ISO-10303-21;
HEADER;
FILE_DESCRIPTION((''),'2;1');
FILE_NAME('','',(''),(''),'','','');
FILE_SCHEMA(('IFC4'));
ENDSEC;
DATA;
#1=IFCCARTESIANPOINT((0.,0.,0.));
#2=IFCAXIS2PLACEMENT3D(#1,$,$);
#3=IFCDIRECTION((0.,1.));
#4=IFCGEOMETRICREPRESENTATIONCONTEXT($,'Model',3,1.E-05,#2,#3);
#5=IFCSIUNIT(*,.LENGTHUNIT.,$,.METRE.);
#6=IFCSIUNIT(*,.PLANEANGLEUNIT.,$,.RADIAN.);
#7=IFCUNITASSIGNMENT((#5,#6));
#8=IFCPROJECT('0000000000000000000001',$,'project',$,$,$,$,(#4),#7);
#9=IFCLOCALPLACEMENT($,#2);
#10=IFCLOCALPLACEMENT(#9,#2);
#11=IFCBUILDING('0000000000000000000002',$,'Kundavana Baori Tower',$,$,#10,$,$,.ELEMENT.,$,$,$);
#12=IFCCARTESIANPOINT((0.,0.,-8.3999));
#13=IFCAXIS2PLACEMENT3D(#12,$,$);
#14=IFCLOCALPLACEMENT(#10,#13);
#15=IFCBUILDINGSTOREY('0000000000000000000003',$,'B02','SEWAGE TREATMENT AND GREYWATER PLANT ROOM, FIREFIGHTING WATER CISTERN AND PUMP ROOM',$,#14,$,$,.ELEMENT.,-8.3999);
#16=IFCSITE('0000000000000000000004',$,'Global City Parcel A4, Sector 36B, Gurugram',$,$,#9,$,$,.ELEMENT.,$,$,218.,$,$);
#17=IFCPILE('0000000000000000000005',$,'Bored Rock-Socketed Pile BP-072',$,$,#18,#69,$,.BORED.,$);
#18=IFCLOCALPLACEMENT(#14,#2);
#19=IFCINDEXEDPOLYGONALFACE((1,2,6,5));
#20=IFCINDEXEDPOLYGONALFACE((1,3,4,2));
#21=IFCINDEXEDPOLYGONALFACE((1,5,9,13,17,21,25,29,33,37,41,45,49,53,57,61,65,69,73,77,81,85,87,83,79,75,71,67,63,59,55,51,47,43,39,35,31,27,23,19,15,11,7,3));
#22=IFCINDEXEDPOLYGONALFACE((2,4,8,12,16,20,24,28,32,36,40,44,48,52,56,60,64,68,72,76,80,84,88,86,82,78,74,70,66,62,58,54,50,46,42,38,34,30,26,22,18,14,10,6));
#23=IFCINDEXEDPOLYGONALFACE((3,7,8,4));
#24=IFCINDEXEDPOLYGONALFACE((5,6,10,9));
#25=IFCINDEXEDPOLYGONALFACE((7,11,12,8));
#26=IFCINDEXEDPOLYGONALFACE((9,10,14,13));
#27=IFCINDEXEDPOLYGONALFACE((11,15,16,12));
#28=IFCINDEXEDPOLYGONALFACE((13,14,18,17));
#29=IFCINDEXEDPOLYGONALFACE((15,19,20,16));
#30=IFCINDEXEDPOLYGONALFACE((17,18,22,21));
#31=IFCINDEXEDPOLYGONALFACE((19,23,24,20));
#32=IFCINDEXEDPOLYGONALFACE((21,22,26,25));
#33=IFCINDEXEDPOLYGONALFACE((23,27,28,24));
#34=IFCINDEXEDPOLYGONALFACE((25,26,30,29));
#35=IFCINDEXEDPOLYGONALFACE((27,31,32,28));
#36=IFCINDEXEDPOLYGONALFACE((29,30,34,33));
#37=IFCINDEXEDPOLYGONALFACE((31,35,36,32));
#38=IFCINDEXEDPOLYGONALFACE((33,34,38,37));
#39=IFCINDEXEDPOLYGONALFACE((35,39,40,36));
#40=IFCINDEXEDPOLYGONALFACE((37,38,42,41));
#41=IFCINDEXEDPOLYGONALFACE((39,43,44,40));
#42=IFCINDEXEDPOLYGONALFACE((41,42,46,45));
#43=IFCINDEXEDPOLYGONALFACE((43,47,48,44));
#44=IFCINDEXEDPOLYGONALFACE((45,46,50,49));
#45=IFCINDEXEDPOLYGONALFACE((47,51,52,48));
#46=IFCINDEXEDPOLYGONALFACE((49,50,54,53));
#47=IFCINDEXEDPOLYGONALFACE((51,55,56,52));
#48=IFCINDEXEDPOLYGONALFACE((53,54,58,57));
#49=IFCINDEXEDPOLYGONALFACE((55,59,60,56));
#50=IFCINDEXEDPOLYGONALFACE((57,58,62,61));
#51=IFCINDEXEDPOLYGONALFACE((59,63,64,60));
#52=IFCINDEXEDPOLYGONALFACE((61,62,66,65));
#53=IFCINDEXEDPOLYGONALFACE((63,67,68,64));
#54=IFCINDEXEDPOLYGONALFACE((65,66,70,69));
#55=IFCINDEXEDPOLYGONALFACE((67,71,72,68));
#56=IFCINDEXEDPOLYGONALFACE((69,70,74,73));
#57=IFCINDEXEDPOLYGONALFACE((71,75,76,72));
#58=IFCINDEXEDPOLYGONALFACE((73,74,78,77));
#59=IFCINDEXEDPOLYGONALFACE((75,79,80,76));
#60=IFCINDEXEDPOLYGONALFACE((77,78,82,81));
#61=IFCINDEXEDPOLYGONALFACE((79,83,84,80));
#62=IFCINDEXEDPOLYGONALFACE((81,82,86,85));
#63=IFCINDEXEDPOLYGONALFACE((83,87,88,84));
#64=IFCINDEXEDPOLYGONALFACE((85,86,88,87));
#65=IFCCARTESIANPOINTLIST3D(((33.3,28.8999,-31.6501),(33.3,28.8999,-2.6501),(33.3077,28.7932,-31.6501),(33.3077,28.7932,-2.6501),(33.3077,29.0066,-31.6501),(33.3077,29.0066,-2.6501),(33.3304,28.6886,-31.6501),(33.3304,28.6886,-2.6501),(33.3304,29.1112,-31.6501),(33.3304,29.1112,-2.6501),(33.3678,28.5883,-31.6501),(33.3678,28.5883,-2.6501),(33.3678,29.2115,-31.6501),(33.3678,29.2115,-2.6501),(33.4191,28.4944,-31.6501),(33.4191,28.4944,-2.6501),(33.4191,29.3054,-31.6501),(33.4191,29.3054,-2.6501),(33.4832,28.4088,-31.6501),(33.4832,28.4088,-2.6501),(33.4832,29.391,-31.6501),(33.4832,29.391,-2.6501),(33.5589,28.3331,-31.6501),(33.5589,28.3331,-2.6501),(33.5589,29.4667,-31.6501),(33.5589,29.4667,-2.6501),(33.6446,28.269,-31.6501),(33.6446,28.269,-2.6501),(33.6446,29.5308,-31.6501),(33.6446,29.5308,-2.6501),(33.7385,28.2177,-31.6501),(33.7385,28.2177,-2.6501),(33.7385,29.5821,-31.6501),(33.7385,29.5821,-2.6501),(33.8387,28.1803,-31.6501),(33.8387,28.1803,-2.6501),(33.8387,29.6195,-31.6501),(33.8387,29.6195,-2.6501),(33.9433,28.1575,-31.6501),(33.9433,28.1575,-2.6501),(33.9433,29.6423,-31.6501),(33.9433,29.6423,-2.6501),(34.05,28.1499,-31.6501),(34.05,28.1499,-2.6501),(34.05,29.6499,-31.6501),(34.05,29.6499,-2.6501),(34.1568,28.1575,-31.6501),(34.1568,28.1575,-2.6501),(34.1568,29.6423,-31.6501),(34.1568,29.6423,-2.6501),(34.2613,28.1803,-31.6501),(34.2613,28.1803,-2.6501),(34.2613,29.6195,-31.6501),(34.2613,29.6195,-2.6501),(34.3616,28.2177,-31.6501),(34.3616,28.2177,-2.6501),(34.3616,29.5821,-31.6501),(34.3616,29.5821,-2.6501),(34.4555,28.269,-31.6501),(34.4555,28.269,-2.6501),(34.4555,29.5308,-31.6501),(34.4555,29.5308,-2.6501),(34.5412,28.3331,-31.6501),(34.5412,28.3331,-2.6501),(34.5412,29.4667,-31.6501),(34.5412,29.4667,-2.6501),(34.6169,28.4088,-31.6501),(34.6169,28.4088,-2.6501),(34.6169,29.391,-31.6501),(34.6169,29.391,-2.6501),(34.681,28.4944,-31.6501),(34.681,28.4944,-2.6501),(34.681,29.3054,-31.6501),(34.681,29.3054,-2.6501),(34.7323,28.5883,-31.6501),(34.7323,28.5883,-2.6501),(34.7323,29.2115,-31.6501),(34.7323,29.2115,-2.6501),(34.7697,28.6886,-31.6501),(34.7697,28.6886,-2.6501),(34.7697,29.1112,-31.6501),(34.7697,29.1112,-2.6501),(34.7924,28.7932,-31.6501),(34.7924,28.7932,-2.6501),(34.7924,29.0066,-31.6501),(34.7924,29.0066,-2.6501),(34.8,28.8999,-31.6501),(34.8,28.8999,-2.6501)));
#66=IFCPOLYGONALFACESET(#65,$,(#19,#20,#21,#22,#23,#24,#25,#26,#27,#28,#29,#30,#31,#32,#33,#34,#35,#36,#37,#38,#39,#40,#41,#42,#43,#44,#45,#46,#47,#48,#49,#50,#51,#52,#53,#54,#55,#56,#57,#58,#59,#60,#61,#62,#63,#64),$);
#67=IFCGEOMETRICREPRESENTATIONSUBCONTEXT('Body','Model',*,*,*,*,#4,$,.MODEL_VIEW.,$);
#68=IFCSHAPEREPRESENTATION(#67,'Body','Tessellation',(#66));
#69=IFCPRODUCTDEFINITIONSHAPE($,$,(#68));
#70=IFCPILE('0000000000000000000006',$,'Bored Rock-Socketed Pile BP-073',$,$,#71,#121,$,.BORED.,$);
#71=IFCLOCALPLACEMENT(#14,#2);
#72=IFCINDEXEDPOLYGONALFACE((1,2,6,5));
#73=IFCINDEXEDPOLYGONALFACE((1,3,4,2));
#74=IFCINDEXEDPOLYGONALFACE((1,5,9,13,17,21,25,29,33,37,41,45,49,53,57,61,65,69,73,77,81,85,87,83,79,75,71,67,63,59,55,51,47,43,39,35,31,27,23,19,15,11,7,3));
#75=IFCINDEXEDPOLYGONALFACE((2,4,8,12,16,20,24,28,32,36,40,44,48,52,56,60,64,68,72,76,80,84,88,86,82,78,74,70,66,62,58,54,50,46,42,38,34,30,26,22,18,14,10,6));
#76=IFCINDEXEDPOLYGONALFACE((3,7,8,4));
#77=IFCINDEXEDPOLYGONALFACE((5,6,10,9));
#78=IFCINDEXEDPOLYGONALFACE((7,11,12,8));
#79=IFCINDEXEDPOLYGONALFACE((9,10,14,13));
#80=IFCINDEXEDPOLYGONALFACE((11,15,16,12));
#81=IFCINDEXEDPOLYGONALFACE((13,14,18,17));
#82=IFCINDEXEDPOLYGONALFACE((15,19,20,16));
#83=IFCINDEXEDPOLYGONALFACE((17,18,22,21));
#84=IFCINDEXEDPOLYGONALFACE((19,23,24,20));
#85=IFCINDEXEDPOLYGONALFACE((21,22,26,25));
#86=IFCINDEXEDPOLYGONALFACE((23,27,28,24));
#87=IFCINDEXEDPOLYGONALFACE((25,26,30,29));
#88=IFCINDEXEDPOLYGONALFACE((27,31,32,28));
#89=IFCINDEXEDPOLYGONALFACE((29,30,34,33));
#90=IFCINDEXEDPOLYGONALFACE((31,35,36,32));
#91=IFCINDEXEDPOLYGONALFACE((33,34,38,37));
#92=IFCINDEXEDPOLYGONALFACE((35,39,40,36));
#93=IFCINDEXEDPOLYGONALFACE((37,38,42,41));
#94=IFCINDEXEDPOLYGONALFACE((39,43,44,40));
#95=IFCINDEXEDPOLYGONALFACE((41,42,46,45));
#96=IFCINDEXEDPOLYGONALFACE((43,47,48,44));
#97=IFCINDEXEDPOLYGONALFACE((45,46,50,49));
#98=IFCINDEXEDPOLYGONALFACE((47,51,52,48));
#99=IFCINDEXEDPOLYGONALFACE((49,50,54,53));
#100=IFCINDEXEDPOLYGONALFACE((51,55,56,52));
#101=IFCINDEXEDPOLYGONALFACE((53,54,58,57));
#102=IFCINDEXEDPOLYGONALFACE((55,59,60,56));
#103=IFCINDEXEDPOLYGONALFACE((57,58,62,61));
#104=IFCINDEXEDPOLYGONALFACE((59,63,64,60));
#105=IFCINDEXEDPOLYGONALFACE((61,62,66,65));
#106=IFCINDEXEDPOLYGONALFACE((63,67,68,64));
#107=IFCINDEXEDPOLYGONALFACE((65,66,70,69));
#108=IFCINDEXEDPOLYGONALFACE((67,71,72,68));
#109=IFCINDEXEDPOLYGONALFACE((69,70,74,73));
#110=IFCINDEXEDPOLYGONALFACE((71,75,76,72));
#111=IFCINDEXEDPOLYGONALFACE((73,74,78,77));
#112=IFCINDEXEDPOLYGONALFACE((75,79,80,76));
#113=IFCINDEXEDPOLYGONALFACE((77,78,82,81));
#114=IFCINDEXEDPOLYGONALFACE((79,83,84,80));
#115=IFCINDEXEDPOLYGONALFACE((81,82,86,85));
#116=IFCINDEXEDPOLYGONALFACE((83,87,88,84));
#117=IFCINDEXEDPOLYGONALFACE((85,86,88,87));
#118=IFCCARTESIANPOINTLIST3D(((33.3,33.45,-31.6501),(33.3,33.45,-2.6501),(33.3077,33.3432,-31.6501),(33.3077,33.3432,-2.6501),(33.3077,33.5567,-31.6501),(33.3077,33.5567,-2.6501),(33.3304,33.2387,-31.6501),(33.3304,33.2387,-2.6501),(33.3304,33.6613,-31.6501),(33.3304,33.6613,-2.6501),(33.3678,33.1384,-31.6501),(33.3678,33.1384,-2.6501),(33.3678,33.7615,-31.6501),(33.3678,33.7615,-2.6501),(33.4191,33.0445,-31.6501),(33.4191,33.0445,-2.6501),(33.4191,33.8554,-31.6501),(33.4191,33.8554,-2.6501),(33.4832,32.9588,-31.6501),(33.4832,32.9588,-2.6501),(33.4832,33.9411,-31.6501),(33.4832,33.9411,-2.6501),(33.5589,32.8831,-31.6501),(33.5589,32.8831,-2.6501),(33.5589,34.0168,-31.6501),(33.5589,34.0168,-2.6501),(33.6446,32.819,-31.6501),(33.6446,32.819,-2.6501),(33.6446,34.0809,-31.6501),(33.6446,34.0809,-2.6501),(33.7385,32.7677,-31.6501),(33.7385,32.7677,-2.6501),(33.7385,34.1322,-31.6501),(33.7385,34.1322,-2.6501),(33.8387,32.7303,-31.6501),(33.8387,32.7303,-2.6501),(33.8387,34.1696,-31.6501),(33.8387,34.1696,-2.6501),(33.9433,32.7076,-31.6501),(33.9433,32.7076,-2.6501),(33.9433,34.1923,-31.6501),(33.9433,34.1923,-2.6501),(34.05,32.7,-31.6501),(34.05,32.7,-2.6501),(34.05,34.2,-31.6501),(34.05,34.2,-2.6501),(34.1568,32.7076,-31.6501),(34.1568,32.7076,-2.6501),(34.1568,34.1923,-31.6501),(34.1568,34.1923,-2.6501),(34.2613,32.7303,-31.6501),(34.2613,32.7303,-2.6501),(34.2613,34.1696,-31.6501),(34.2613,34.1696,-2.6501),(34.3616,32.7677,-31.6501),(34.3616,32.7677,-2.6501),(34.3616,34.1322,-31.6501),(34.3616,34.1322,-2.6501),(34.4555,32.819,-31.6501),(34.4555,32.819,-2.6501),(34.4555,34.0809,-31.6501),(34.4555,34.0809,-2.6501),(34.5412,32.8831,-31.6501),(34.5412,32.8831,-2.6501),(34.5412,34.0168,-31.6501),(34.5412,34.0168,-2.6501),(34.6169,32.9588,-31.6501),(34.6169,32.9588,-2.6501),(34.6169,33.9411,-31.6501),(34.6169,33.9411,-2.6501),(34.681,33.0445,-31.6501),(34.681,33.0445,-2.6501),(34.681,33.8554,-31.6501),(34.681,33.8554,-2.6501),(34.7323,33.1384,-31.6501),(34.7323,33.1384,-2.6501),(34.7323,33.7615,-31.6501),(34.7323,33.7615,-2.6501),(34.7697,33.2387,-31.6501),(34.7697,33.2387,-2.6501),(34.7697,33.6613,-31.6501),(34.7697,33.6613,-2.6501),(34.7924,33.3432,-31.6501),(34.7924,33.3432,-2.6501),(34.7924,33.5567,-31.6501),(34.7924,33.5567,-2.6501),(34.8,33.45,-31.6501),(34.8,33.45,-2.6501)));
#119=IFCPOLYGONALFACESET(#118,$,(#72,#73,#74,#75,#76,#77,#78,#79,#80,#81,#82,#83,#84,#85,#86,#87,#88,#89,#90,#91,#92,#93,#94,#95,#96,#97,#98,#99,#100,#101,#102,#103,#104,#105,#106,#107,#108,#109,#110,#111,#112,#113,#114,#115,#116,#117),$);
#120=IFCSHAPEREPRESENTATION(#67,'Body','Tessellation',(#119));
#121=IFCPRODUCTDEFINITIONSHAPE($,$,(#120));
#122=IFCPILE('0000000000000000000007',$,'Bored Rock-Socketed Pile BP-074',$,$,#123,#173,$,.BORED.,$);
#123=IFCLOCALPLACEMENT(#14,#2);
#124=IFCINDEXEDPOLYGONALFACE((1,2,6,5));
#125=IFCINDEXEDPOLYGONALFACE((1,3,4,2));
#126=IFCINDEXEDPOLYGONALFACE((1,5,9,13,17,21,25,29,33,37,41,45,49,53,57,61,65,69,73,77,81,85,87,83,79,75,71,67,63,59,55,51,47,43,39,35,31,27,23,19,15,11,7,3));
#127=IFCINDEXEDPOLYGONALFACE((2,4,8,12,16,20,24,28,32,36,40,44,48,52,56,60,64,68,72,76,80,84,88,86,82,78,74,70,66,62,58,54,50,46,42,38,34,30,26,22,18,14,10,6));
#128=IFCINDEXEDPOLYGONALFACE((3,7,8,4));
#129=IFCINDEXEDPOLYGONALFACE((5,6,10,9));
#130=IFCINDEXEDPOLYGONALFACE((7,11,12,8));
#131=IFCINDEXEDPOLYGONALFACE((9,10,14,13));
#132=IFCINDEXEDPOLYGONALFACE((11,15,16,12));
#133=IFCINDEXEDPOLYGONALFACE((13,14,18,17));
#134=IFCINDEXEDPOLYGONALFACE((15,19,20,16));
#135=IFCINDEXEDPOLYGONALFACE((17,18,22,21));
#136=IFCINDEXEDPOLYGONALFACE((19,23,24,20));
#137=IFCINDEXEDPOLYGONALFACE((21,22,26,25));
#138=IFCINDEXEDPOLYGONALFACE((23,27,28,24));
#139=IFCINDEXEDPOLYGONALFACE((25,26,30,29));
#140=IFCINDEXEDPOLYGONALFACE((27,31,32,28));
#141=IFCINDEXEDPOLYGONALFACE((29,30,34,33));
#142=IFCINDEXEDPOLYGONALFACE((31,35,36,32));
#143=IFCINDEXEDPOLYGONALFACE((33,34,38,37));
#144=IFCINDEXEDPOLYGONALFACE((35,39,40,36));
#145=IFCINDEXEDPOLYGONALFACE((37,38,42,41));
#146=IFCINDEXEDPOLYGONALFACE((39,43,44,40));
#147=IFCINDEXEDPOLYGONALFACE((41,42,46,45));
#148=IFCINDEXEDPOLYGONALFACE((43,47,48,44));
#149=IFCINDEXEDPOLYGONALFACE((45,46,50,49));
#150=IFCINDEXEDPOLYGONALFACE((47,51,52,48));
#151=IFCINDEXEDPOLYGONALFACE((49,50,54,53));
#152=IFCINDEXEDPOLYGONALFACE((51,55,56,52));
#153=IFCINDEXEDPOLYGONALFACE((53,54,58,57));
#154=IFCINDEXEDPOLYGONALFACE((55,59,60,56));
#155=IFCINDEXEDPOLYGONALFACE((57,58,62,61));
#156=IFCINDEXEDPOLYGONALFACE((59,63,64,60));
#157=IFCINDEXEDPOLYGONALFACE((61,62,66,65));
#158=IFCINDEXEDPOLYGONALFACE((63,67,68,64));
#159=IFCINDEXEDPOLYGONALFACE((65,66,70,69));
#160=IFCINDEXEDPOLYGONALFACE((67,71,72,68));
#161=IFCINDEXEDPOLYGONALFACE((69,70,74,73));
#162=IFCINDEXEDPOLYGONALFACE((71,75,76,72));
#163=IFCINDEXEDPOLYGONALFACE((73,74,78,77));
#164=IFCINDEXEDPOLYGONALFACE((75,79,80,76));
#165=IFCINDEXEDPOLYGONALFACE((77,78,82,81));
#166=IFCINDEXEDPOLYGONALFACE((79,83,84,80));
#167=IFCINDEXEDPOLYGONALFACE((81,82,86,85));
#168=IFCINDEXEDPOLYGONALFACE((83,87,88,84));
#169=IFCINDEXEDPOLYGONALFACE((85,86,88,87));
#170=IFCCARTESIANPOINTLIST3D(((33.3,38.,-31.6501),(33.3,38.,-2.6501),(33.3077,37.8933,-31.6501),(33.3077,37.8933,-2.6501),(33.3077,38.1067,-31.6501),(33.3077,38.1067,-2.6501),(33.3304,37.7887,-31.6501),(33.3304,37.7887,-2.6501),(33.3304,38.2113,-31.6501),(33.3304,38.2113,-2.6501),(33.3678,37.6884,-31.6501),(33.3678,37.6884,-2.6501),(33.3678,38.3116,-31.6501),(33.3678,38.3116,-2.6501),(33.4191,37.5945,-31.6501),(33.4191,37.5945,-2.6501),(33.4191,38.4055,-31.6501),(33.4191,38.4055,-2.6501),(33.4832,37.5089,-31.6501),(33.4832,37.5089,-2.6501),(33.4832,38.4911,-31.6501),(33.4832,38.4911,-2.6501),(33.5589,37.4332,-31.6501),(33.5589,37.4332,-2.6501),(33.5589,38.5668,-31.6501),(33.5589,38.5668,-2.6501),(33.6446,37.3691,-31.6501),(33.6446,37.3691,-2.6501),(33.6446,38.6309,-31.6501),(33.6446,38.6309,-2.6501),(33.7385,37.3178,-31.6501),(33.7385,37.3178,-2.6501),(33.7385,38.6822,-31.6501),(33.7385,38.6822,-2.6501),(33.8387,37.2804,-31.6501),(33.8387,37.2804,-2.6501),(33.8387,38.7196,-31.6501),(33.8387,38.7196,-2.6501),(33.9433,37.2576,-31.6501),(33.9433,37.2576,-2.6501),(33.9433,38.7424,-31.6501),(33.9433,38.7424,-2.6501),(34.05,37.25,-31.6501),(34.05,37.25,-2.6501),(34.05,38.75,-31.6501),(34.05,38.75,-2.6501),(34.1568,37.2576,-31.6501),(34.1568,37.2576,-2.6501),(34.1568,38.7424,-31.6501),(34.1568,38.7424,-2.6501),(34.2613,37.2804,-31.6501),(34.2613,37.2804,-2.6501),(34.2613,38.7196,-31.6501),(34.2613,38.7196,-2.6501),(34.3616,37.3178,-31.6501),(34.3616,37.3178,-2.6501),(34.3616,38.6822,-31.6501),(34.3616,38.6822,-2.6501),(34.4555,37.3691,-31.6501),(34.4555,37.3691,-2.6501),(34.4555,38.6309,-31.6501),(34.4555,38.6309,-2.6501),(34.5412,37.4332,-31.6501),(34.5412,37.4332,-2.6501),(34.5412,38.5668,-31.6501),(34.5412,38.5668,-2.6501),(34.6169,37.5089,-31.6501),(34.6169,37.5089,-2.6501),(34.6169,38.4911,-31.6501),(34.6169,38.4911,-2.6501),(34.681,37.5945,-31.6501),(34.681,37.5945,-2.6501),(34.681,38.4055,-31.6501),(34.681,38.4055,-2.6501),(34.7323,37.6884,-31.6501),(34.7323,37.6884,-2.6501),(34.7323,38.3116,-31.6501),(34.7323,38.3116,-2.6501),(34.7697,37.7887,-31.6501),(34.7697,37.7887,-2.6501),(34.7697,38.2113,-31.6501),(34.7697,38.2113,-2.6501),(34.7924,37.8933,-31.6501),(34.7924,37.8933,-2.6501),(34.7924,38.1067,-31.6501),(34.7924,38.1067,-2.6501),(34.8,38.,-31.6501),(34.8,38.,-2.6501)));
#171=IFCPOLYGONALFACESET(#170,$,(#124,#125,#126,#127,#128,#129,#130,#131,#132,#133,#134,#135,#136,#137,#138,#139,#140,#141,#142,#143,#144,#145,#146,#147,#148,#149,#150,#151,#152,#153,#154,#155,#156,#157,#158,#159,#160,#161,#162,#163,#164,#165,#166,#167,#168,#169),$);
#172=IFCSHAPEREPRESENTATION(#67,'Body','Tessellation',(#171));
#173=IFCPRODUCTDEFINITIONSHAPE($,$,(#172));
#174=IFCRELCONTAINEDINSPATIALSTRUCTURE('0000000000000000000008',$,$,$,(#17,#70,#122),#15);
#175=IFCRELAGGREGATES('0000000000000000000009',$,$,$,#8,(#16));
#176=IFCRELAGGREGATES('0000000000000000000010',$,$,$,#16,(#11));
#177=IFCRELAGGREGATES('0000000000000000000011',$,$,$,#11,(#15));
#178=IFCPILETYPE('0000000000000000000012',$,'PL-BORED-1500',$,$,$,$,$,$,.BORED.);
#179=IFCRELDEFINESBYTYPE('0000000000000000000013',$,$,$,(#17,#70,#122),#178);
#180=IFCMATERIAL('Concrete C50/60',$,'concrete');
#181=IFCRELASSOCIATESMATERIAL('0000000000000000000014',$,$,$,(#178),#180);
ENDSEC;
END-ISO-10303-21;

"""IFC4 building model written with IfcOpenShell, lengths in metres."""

from ifc_helpers import new_model, si_unit, direction, frame, origin, origin_2d, place, context, subcontext, project, spatial, circle, extrude, material, material_profile, profile_set, type_object, element, save


model = new_model("IFC4")

# Units and contexts
model_context = context("Model", 3, precision=1e-05, world=origin(), true_north=direction((0.0, 1.0)))
body_context = subcontext(model_context, "Body", "Model", "MODEL_VIEW")
ifc_project = project(units=[si_unit("LENGTHUNIT", "METRE"), si_unit("PLANEANGLEUNIT", "RADIAN")], contexts=[model_context])

# Site, building, storey
site_placement = place(None, origin())
site = spatial("IfcSite", under=ifc_project, at=site_placement, Name="Global City Parcel A4, Sector 36B, Gurugram", CompositionType="ELEMENT", RefElevation=218.0)
building_placement = place(site_placement, origin())
building = spatial("IfcBuilding", under=site, at=building_placement, Name="Kundavana Baori Tower", CompositionType="ELEMENT")
storey_placement = place(building_placement, frame((0.0, 0.0, -8.3999)))
storey = spatial("IfcBuildingStorey", under=building, at=storey_placement, Name="B02", Description="SEWAGE TREATMENT AND GREYWATER PLANT ROOM, FIREFIGHTING WATER CISTERN AND PUMP ROOM", CompositionType="ELEMENT", Elevation=-8.3999)

# Piles
ifc_material_1 = material(Name="Concrete C50/60", Category="concrete")
ifc_material_profile_1 = material_profile(ifc_material_1, circle(Radius=0.75, at=origin_2d()), Name="BORED PILE D1500")
ifc_profile_set_1 = profile_set([ifc_material_profile_1], Name="Concrete C50/60")
pile_type = type_object("IfcPileType", Name="PL-BORED-1500", PredefinedType="BORED", material=ifc_profile_set_1)
for number, where, z_axis, x_axis, name in (
    (1, (34.05, 28.8999, -2.6501), (0.0, 0.0, -1.0), (1.0, 0.0, 0.0), "Bored Rock-Socketed Pile BP-072"),
    (2, (34.05, 33.45, -2.6501), (0.0, 0.0, -1.0), (1.0, 0.0, 0.0), "Bored Rock-Socketed Pile BP-073"),
    (3, (34.05, 38.0, -2.6501), (0.0, 0.0, -1.0), (1.0, 0.0, 0.0), "Bored Rock-Socketed Pile BP-074"),
):
    element("IfcPile", number, at=place(storey_placement, frame(where, z_axis=z_axis, x_axis=x_axis)), inside=storey, type_object=pile_type, Name=name, PredefinedType="BORED", context=body_context, shape_type="SweptSolid", body=[
        extrude(circle(Radius=0.75, at=origin_2d()), origin(), (0.0, 0.0, 1.0), 29.0),
    ])

save(model, "model.ifc")
